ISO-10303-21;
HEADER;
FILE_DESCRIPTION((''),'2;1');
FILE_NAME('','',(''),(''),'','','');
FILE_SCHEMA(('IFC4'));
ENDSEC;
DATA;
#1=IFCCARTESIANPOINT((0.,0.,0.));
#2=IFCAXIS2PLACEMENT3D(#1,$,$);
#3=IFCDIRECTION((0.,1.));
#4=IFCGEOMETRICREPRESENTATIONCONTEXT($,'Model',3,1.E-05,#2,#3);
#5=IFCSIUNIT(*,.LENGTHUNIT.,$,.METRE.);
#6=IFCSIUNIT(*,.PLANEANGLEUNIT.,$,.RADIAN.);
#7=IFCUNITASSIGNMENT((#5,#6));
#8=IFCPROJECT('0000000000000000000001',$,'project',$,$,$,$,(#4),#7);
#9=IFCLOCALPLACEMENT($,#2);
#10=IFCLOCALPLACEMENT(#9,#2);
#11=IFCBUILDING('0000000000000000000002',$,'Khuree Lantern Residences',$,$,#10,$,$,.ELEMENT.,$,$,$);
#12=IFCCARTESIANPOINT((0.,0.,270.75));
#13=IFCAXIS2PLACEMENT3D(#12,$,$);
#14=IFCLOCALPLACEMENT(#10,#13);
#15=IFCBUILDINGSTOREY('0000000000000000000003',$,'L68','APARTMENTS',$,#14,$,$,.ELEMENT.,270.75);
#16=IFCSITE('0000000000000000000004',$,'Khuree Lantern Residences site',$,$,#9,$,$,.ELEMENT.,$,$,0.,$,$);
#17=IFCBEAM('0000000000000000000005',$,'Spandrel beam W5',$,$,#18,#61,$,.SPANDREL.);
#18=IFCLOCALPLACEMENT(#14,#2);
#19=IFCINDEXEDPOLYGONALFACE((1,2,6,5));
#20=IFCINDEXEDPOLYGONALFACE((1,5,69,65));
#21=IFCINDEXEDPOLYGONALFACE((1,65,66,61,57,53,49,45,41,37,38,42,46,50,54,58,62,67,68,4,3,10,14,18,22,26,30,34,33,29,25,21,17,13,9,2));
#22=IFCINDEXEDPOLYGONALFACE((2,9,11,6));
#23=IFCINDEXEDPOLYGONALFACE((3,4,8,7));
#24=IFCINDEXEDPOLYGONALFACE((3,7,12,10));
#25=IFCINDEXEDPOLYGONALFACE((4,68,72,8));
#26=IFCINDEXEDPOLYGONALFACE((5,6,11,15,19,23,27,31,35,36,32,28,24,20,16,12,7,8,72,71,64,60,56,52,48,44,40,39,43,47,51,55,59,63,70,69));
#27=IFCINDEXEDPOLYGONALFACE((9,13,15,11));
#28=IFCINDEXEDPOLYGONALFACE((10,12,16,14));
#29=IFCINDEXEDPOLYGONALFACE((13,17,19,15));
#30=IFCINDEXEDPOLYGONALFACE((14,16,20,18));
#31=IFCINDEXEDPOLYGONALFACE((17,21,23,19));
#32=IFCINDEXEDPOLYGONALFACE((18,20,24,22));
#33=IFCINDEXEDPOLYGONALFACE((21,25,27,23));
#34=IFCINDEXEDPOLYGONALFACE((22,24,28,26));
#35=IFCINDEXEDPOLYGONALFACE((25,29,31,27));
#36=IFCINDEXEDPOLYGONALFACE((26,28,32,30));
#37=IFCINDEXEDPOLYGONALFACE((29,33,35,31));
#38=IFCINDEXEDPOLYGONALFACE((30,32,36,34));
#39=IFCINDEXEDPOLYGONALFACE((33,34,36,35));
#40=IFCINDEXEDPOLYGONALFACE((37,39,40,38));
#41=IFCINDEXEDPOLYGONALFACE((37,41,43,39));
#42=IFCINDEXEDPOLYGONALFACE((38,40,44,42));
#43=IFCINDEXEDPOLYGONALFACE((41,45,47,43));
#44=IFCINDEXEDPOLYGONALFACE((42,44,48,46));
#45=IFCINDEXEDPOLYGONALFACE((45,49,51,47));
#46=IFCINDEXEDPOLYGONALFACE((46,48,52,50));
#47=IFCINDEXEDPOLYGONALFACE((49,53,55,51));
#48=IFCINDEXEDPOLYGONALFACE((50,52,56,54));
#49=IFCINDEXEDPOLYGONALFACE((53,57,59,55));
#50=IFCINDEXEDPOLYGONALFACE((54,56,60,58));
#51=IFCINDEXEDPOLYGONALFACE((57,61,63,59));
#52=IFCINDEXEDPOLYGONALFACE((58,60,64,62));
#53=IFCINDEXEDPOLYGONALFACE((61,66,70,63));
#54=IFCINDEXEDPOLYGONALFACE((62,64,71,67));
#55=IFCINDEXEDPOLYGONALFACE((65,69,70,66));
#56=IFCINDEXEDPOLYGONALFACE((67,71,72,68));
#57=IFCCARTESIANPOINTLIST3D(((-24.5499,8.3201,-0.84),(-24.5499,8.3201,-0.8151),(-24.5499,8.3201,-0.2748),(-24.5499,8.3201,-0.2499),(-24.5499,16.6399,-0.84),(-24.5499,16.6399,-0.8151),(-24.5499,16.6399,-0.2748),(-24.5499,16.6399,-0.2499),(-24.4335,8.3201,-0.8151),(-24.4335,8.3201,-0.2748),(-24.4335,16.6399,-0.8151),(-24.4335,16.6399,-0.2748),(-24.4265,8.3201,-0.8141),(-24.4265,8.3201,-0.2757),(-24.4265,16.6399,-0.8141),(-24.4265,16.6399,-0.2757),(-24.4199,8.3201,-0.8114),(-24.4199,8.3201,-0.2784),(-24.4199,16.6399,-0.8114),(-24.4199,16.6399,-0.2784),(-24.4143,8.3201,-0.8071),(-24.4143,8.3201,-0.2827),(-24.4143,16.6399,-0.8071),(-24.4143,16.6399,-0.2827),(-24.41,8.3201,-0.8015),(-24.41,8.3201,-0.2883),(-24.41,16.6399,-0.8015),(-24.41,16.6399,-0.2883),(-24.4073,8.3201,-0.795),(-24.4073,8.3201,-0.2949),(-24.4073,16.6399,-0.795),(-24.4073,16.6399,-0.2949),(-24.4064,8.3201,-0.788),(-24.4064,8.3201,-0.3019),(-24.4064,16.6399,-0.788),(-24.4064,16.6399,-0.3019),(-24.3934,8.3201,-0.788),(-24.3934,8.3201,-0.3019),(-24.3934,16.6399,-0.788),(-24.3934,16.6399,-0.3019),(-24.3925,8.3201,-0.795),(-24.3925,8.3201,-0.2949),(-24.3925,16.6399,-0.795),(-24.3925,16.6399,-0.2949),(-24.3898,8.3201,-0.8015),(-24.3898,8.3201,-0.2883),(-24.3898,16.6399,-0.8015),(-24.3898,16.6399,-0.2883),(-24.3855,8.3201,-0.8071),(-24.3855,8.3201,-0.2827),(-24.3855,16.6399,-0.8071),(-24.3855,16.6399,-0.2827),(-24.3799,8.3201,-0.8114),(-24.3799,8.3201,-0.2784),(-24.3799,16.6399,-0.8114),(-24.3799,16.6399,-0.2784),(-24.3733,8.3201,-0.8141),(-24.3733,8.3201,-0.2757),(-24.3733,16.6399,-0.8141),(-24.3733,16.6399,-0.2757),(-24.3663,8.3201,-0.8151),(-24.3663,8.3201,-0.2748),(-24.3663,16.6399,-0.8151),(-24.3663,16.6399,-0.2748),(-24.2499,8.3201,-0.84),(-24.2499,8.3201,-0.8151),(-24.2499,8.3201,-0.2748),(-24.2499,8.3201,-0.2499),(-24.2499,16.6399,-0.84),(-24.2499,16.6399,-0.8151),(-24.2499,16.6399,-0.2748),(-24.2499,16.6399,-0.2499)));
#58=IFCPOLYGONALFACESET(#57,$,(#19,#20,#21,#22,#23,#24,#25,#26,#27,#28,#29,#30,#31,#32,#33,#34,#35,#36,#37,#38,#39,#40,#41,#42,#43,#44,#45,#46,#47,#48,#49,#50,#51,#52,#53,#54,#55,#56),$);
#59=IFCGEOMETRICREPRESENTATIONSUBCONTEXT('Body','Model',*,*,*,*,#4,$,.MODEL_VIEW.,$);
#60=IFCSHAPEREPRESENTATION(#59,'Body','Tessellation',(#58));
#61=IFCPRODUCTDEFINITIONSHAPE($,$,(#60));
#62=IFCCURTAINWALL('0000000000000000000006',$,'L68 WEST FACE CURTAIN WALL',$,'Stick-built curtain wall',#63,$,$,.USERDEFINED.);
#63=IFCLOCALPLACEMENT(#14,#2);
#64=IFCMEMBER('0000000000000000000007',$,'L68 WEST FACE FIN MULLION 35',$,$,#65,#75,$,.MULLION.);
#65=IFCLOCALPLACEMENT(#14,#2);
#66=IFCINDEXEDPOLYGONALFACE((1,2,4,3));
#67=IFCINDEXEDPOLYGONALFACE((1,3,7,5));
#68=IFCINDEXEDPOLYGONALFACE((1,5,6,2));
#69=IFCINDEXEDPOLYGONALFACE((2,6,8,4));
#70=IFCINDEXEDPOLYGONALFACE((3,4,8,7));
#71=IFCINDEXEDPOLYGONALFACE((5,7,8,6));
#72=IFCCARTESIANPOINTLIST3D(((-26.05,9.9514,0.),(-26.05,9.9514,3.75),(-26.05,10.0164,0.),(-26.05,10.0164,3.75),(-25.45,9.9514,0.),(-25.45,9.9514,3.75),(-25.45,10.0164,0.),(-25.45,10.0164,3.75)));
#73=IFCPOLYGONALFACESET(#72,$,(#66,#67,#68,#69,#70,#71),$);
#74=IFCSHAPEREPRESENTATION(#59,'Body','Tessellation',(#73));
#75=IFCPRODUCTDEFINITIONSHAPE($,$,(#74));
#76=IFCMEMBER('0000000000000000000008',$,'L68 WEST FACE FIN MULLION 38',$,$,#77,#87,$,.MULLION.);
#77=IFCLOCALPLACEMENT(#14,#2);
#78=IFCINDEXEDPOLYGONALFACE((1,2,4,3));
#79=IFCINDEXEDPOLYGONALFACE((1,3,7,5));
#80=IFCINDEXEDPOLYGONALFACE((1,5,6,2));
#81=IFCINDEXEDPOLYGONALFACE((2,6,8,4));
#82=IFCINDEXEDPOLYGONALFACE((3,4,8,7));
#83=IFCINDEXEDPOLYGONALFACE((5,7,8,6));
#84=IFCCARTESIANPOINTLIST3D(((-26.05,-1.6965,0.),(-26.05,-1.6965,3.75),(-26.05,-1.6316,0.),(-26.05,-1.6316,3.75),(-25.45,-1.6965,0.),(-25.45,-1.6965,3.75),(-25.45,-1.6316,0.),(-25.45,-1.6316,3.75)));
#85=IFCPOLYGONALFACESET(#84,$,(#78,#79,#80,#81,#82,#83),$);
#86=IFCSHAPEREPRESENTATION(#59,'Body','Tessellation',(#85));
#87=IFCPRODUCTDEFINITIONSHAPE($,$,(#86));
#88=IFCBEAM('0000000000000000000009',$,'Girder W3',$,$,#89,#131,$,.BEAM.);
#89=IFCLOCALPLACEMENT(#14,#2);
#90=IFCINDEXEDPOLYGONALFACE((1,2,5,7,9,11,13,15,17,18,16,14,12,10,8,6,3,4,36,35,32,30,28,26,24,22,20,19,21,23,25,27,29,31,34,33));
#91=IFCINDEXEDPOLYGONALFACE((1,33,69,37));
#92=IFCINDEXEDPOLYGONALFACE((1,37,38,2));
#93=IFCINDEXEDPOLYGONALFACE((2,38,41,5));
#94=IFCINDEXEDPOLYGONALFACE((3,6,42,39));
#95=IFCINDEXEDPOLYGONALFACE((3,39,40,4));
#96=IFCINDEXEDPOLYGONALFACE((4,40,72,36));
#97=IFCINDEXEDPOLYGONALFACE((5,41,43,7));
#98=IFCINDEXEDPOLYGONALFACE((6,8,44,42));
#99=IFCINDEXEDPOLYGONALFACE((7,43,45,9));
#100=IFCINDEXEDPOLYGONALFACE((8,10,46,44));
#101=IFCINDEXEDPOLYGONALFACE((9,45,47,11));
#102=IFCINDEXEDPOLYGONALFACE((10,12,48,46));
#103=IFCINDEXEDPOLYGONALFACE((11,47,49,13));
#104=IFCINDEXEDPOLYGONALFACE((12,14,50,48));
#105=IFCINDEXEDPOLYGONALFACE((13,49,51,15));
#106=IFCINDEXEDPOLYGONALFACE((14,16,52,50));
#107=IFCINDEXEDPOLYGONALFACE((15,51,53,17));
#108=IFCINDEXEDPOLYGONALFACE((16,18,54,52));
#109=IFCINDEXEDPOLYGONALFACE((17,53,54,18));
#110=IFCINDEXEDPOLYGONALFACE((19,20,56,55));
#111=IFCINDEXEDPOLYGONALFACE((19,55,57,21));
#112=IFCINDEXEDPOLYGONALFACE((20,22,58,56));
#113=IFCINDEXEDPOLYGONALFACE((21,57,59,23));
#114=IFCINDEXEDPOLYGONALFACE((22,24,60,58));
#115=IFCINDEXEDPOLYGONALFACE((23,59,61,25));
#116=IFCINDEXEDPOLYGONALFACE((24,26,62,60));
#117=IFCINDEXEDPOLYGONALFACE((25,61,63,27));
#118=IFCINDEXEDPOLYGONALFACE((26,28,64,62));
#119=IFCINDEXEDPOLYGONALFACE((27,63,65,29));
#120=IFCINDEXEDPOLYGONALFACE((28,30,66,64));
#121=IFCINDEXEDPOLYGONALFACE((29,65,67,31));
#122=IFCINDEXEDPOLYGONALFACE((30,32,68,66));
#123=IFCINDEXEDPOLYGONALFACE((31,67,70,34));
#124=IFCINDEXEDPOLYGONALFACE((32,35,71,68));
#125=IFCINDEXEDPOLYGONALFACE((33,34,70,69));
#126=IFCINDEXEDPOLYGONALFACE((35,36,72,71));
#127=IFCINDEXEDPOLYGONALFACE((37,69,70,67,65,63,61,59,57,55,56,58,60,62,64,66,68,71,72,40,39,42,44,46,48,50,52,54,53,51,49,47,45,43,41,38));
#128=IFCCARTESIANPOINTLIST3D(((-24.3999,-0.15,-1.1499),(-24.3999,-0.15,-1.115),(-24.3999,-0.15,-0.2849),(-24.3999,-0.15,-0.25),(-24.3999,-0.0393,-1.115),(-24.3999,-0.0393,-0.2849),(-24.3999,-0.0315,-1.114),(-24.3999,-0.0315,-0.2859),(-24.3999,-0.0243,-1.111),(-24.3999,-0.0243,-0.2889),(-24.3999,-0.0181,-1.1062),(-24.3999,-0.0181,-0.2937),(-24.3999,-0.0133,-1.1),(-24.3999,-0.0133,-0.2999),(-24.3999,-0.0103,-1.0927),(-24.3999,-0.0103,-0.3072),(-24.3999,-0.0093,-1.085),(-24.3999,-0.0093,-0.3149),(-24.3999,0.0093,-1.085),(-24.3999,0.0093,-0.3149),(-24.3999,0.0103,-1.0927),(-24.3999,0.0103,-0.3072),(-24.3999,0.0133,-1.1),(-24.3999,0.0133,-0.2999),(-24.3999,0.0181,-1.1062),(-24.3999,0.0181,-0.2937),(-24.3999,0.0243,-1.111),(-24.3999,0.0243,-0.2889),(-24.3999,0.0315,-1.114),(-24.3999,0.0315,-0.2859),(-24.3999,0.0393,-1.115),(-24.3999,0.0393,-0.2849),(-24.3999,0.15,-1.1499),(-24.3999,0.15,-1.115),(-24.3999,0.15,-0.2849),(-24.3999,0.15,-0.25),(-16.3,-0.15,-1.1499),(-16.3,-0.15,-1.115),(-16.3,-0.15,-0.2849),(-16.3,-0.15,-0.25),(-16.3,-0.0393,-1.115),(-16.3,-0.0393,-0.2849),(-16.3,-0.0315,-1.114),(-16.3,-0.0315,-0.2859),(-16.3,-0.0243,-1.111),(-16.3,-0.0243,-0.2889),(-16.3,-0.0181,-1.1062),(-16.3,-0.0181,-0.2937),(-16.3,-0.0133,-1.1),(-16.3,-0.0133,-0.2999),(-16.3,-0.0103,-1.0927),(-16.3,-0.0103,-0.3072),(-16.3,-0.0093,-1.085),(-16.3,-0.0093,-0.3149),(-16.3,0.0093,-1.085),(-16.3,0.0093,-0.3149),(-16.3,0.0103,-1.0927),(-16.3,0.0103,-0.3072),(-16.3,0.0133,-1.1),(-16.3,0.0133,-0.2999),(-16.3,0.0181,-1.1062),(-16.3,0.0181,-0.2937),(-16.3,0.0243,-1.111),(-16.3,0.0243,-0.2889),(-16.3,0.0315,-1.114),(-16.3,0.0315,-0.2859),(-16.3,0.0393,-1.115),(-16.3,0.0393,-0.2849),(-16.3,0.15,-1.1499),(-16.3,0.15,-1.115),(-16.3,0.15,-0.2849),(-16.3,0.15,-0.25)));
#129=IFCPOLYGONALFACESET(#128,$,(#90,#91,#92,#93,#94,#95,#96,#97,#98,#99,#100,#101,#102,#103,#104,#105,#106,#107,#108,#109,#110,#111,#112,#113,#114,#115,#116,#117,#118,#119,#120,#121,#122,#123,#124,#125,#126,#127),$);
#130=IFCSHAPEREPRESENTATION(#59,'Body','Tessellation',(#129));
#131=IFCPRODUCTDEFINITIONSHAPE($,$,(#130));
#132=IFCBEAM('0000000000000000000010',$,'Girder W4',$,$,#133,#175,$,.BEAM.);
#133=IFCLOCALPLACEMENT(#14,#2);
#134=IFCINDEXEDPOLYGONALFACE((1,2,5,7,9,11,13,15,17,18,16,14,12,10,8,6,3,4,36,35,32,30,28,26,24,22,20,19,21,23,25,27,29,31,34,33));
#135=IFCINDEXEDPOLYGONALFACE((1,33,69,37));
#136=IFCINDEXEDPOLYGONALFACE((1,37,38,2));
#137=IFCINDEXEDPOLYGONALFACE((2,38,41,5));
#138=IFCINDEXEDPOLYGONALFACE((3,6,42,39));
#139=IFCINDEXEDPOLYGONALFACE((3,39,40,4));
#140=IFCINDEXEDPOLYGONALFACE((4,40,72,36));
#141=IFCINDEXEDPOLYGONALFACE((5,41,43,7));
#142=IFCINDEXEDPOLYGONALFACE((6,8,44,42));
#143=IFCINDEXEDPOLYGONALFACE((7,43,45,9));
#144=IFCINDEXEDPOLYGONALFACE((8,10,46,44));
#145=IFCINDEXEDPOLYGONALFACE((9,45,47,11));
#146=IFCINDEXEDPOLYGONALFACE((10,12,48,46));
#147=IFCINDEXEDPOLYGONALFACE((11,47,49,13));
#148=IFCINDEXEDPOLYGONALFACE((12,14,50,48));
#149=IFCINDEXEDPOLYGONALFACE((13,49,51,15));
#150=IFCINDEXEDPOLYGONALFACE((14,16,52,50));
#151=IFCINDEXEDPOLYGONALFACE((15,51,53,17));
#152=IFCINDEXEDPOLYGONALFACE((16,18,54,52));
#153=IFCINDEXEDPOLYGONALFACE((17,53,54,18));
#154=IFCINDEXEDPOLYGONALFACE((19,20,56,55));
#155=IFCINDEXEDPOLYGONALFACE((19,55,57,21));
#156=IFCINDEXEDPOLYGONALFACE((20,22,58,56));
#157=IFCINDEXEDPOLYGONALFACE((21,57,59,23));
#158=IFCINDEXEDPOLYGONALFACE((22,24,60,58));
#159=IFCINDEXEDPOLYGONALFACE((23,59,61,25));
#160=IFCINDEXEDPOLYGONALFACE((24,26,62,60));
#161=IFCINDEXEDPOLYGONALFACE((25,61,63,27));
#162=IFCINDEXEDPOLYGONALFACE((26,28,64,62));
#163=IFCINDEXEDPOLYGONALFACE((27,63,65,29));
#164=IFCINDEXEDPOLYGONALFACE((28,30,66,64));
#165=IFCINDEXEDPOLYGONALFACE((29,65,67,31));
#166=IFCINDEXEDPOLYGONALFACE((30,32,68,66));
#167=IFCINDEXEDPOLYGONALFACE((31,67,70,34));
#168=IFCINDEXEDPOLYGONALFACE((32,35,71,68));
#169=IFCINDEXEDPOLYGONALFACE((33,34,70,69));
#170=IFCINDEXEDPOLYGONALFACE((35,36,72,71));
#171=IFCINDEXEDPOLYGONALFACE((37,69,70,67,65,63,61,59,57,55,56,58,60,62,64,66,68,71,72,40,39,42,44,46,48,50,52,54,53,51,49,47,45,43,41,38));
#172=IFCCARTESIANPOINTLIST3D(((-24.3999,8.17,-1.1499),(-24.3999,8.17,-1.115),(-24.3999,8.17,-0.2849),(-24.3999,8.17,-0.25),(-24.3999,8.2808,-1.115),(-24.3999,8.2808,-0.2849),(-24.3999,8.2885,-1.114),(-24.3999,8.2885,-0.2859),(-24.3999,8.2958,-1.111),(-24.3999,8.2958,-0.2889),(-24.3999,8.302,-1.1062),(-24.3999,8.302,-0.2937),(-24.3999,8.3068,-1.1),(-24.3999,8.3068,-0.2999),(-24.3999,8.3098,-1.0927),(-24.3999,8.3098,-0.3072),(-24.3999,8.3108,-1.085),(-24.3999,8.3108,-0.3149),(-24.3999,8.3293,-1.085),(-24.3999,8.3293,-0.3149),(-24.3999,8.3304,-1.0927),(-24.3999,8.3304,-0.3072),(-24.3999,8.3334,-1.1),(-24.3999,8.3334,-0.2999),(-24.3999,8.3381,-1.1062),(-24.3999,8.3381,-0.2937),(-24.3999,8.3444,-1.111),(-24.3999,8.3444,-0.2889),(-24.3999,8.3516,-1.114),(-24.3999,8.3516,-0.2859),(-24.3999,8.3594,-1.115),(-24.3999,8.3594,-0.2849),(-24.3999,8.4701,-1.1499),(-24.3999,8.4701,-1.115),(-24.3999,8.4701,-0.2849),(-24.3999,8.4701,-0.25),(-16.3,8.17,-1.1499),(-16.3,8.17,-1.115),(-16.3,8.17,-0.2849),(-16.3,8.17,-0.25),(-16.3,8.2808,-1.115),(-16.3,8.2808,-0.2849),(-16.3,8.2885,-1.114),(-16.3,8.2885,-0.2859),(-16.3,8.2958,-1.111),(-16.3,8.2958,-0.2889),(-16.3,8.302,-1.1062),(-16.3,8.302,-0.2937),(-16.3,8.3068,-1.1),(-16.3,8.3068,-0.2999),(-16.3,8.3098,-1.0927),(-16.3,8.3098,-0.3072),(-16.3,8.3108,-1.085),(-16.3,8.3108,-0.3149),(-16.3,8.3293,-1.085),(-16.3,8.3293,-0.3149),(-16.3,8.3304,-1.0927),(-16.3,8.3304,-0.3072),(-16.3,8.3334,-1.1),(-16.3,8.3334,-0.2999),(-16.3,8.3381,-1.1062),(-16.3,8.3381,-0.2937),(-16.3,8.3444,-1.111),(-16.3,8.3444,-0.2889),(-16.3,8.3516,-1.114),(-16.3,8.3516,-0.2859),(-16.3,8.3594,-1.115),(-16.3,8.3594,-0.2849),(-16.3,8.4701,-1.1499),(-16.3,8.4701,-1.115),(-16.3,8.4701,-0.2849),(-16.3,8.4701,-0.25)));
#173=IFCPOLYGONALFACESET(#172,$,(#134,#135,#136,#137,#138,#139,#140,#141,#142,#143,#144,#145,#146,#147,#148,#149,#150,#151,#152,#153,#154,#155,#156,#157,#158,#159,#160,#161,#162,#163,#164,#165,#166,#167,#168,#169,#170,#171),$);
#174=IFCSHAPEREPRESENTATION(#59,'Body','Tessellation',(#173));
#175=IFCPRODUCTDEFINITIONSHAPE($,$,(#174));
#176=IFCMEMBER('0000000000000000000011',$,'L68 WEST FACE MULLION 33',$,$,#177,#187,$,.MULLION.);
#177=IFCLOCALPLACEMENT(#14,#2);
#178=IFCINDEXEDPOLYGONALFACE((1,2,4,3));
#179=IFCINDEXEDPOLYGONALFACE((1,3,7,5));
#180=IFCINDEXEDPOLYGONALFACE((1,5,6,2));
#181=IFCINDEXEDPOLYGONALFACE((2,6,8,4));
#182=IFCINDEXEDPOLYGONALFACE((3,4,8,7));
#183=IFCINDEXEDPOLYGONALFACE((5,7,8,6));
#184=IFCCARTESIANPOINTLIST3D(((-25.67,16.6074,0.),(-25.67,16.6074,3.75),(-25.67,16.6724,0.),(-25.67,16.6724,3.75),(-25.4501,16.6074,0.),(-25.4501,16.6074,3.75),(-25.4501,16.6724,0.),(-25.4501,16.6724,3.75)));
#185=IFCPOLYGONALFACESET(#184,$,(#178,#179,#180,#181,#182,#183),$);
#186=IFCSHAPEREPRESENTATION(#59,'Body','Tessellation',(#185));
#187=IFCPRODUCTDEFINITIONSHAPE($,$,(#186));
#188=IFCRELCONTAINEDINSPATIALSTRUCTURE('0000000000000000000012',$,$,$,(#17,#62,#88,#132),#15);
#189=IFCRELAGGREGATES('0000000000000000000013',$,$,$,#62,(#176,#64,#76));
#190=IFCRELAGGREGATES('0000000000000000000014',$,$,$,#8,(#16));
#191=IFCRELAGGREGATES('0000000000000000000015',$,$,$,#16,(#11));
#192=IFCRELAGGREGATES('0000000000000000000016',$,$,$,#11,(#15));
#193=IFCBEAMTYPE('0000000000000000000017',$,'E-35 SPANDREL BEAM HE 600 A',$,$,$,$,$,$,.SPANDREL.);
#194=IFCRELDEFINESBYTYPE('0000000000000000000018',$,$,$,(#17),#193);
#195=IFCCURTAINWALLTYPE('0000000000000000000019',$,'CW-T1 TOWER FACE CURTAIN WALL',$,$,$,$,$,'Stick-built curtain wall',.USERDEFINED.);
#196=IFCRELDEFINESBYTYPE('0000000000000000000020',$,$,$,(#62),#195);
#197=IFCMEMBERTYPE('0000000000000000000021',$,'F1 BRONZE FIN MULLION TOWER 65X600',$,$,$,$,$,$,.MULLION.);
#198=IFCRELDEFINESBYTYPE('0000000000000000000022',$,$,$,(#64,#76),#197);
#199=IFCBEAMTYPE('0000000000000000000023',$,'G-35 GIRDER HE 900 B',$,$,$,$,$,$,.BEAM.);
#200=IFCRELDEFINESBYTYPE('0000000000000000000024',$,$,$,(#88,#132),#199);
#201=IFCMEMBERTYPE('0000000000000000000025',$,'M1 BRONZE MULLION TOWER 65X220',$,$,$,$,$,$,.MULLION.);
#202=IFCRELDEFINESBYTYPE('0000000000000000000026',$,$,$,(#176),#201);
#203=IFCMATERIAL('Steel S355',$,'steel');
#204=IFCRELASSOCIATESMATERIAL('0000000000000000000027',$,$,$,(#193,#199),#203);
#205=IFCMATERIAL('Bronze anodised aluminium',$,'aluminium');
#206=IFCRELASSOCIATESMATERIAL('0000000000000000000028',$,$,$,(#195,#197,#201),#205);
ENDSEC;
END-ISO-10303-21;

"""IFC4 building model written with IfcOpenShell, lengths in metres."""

from ifc_helpers import new_model, si_unit, direction, frame, origin, origin_2d, place, context, subcontext, project, spatial, rectangle, i_section, extrude, material, material_profile, profile_set, type_object, element, aggregate, save


model = new_model("IFC4")

# Units and contexts
model_context = context("Model", 3, precision=1e-05, world=origin(), true_north=direction((0.0, 1.0)))
body_context = subcontext(model_context, "Body", "Model", "MODEL_VIEW")
ifc_project = project(units=[si_unit("LENGTHUNIT", "METRE"), si_unit("PLANEANGLEUNIT", "RADIAN")], contexts=[model_context])

# Site, building, storey
site_placement = place(None, origin())
site = spatial("IfcSite", under=ifc_project, at=site_placement, Name="Khuree Lantern Residences site", CompositionType="ELEMENT", RefElevation=0.0)
building_placement = place(site_placement, origin())
building = spatial("IfcBuilding", under=site, at=building_placement, Name="Khuree Lantern Residences", CompositionType="ELEMENT")
storey_placement = place(building_placement, frame((0.0, 0.0, 270.75)))
storey = spatial("IfcBuildingStorey", under=building, at=storey_placement, Name="L68", Description="APARTMENTS", CompositionType="ELEMENT", Elevation=270.75)

# Beam
ifc_material_1 = material(Name="Steel S355", Category="steel")
ifc_material_profile_1 = material_profile(ifc_material_1, i_section(OverallWidth=0.3, OverallDepth=0.5901, WebThickness=0.0129, FlangeThickness=0.0249, FilletRadius=0.0271, at=origin_2d()), Name="HE 600 A")
ifc_profile_set_1 = profile_set([ifc_material_profile_1], Name="Steel S355")
beam_type_1 = type_object("IfcBeamType", Name="E-35 SPANDREL BEAM HE 600 A", PredefinedType="SPANDREL", material=ifc_profile_set_1)
beam_1_placement = place(storey_placement, frame((-24.3999, 8.3201, -0.5449), z_axis=(0.0, 1.0, 0.0), x_axis=(-1.0, 0.0, 0.0)))
element("IfcBeam", 1, at=beam_1_placement, inside=storey, type_object=beam_type_1, Name="Spandrel beam W5", PredefinedType="SPANDREL", context=body_context, shape_type="SweptSolid", body=[
    extrude(i_section(OverallWidth=0.3, OverallDepth=0.5901, WebThickness=0.0129, FlangeThickness=0.0249, FilletRadius=0.0271, at=origin_2d()), origin(), (0.0, 0.0, 1.0), 8.3198),
])

# Curtain wall, members
ifc_material_2 = material(Name="Bronze anodised aluminium", Category="aluminium")
curtain_wall_type = type_object("IfcCurtainWallType", Name="CW-T1 TOWER FACE CURTAIN WALL", ElementType="Stick-built curtain wall", PredefinedType="USERDEFINED", material=ifc_material_2)
curtain_wall_placement = place(storey_placement, origin())
curtain_wall = element("IfcCurtainWall", 2, at=curtain_wall_placement, inside=storey, type_object=curtain_wall_type, Name="L68 WEST FACE CURTAIN WALL", ObjectType="Stick-built curtain wall", PredefinedType="USERDEFINED")
ifc_material_profile_2 = material_profile(ifc_material_2, rectangle(XDim=0.0649, YDim=0.6001, at=origin_2d()), Name="F1 65X600")
ifc_profile_set_2 = profile_set([ifc_material_profile_2], Name="Bronze anodised aluminium")
member_type_1 = type_object("IfcMemberType", Name="F1 BRONZE FIN MULLION TOWER 65X600", PredefinedType="MULLION", material=ifc_profile_set_2)
member_1_placement = place(storey_placement, frame((-25.75, 9.9839, 0.0), z_axis=(0.0, 0.0, 1.0), x_axis=(0.0, -1.0, 0.0)))
member_1 = element("IfcMember", 3, at=member_1_placement, type_object=member_type_1, Name="L68 WEST FACE FIN MULLION 35", PredefinedType="MULLION", context=body_context, shape_type="SweptSolid", body=[
    extrude(rectangle(XDim=0.0649, YDim=0.6001, at=origin_2d()), origin(), (0.0, 0.0, 1.0), 3.75),
])
member_2_placement = place(storey_placement, frame((-25.75, -1.6641, 0.0), z_axis=(0.0, 0.0, 1.0), x_axis=(0.0, -1.0, 0.0)))
member_2 = element("IfcMember", 4, at=member_2_placement, type_object=member_type_1, Name="L68 WEST FACE FIN MULLION 38", PredefinedType="MULLION", context=body_context, shape_type="SweptSolid", body=[
    extrude(rectangle(XDim=0.0649, YDim=0.6001, at=origin_2d()), origin(), (0.0, 0.0, 1.0), 3.75),
])

# Beams
ifc_material_profile_3 = material_profile(ifc_material_1, i_section(OverallWidth=0.3, OverallDepth=0.8999, WebThickness=0.0186, FlangeThickness=0.0349, FilletRadius=0.03, at=origin_2d()), Name="HE 900 B")
ifc_profile_set_3 = profile_set([ifc_material_profile_3], Name="Steel S355")
beam_type_2 = type_object("IfcBeamType", Name="G-35 GIRDER HE 900 B", PredefinedType="BEAM", material=ifc_profile_set_3)
for number, where, z_axis, x_axis, name in (
    (5, (-24.3999, 0.0, -0.7), (1.0, 0.0, 0.0), (0.0, 1.0, 0.0), "Girder W3"),
    (6, (-24.3999, 8.3201, -0.7), (1.0, 0.0, 0.0), (0.0, 1.0, 0.0), "Girder W4"),
):
    element("IfcBeam", number, at=place(storey_placement, frame(where, z_axis=z_axis, x_axis=x_axis)), inside=storey, type_object=beam_type_2, Name=name, PredefinedType="BEAM", context=body_context, shape_type="SweptSolid", body=[
        extrude(i_section(OverallWidth=0.3, OverallDepth=0.8999, WebThickness=0.0186, FlangeThickness=0.0349, FilletRadius=0.03, at=origin_2d()), origin(), (0.0, 0.0, 1.0), 8.0999),
    ])

# Member
ifc_material_profile_4 = material_profile(ifc_material_2, rectangle(XDim=0.0649, YDim=0.22, at=origin_2d()), Name="M1 65X220")
ifc_profile_set_4 = profile_set([ifc_material_profile_4], Name="Bronze anodised aluminium")
member_type_2 = type_object("IfcMemberType", Name="M1 BRONZE MULLION TOWER 65X220", PredefinedType="MULLION", material=ifc_profile_set_4)
member_3_placement = place(storey_placement, frame((-25.5601, 16.6399, 0.0), z_axis=(0.0, 0.0, 1.0), x_axis=(0.0, -1.0, 0.0)))
member_3 = element("IfcMember", 7, at=member_3_placement, type_object=member_type_2, Name="L68 WEST FACE MULLION 33", PredefinedType="MULLION", context=body_context, shape_type="SweptSolid", body=[
    extrude(rectangle(XDim=0.0649, YDim=0.22, at=origin_2d()), origin(), (0.0, 0.0, 1.0), 3.75),
])

aggregate(curtain_wall, [member_3, member_1, member_2])

save(model, "model.ifc")
